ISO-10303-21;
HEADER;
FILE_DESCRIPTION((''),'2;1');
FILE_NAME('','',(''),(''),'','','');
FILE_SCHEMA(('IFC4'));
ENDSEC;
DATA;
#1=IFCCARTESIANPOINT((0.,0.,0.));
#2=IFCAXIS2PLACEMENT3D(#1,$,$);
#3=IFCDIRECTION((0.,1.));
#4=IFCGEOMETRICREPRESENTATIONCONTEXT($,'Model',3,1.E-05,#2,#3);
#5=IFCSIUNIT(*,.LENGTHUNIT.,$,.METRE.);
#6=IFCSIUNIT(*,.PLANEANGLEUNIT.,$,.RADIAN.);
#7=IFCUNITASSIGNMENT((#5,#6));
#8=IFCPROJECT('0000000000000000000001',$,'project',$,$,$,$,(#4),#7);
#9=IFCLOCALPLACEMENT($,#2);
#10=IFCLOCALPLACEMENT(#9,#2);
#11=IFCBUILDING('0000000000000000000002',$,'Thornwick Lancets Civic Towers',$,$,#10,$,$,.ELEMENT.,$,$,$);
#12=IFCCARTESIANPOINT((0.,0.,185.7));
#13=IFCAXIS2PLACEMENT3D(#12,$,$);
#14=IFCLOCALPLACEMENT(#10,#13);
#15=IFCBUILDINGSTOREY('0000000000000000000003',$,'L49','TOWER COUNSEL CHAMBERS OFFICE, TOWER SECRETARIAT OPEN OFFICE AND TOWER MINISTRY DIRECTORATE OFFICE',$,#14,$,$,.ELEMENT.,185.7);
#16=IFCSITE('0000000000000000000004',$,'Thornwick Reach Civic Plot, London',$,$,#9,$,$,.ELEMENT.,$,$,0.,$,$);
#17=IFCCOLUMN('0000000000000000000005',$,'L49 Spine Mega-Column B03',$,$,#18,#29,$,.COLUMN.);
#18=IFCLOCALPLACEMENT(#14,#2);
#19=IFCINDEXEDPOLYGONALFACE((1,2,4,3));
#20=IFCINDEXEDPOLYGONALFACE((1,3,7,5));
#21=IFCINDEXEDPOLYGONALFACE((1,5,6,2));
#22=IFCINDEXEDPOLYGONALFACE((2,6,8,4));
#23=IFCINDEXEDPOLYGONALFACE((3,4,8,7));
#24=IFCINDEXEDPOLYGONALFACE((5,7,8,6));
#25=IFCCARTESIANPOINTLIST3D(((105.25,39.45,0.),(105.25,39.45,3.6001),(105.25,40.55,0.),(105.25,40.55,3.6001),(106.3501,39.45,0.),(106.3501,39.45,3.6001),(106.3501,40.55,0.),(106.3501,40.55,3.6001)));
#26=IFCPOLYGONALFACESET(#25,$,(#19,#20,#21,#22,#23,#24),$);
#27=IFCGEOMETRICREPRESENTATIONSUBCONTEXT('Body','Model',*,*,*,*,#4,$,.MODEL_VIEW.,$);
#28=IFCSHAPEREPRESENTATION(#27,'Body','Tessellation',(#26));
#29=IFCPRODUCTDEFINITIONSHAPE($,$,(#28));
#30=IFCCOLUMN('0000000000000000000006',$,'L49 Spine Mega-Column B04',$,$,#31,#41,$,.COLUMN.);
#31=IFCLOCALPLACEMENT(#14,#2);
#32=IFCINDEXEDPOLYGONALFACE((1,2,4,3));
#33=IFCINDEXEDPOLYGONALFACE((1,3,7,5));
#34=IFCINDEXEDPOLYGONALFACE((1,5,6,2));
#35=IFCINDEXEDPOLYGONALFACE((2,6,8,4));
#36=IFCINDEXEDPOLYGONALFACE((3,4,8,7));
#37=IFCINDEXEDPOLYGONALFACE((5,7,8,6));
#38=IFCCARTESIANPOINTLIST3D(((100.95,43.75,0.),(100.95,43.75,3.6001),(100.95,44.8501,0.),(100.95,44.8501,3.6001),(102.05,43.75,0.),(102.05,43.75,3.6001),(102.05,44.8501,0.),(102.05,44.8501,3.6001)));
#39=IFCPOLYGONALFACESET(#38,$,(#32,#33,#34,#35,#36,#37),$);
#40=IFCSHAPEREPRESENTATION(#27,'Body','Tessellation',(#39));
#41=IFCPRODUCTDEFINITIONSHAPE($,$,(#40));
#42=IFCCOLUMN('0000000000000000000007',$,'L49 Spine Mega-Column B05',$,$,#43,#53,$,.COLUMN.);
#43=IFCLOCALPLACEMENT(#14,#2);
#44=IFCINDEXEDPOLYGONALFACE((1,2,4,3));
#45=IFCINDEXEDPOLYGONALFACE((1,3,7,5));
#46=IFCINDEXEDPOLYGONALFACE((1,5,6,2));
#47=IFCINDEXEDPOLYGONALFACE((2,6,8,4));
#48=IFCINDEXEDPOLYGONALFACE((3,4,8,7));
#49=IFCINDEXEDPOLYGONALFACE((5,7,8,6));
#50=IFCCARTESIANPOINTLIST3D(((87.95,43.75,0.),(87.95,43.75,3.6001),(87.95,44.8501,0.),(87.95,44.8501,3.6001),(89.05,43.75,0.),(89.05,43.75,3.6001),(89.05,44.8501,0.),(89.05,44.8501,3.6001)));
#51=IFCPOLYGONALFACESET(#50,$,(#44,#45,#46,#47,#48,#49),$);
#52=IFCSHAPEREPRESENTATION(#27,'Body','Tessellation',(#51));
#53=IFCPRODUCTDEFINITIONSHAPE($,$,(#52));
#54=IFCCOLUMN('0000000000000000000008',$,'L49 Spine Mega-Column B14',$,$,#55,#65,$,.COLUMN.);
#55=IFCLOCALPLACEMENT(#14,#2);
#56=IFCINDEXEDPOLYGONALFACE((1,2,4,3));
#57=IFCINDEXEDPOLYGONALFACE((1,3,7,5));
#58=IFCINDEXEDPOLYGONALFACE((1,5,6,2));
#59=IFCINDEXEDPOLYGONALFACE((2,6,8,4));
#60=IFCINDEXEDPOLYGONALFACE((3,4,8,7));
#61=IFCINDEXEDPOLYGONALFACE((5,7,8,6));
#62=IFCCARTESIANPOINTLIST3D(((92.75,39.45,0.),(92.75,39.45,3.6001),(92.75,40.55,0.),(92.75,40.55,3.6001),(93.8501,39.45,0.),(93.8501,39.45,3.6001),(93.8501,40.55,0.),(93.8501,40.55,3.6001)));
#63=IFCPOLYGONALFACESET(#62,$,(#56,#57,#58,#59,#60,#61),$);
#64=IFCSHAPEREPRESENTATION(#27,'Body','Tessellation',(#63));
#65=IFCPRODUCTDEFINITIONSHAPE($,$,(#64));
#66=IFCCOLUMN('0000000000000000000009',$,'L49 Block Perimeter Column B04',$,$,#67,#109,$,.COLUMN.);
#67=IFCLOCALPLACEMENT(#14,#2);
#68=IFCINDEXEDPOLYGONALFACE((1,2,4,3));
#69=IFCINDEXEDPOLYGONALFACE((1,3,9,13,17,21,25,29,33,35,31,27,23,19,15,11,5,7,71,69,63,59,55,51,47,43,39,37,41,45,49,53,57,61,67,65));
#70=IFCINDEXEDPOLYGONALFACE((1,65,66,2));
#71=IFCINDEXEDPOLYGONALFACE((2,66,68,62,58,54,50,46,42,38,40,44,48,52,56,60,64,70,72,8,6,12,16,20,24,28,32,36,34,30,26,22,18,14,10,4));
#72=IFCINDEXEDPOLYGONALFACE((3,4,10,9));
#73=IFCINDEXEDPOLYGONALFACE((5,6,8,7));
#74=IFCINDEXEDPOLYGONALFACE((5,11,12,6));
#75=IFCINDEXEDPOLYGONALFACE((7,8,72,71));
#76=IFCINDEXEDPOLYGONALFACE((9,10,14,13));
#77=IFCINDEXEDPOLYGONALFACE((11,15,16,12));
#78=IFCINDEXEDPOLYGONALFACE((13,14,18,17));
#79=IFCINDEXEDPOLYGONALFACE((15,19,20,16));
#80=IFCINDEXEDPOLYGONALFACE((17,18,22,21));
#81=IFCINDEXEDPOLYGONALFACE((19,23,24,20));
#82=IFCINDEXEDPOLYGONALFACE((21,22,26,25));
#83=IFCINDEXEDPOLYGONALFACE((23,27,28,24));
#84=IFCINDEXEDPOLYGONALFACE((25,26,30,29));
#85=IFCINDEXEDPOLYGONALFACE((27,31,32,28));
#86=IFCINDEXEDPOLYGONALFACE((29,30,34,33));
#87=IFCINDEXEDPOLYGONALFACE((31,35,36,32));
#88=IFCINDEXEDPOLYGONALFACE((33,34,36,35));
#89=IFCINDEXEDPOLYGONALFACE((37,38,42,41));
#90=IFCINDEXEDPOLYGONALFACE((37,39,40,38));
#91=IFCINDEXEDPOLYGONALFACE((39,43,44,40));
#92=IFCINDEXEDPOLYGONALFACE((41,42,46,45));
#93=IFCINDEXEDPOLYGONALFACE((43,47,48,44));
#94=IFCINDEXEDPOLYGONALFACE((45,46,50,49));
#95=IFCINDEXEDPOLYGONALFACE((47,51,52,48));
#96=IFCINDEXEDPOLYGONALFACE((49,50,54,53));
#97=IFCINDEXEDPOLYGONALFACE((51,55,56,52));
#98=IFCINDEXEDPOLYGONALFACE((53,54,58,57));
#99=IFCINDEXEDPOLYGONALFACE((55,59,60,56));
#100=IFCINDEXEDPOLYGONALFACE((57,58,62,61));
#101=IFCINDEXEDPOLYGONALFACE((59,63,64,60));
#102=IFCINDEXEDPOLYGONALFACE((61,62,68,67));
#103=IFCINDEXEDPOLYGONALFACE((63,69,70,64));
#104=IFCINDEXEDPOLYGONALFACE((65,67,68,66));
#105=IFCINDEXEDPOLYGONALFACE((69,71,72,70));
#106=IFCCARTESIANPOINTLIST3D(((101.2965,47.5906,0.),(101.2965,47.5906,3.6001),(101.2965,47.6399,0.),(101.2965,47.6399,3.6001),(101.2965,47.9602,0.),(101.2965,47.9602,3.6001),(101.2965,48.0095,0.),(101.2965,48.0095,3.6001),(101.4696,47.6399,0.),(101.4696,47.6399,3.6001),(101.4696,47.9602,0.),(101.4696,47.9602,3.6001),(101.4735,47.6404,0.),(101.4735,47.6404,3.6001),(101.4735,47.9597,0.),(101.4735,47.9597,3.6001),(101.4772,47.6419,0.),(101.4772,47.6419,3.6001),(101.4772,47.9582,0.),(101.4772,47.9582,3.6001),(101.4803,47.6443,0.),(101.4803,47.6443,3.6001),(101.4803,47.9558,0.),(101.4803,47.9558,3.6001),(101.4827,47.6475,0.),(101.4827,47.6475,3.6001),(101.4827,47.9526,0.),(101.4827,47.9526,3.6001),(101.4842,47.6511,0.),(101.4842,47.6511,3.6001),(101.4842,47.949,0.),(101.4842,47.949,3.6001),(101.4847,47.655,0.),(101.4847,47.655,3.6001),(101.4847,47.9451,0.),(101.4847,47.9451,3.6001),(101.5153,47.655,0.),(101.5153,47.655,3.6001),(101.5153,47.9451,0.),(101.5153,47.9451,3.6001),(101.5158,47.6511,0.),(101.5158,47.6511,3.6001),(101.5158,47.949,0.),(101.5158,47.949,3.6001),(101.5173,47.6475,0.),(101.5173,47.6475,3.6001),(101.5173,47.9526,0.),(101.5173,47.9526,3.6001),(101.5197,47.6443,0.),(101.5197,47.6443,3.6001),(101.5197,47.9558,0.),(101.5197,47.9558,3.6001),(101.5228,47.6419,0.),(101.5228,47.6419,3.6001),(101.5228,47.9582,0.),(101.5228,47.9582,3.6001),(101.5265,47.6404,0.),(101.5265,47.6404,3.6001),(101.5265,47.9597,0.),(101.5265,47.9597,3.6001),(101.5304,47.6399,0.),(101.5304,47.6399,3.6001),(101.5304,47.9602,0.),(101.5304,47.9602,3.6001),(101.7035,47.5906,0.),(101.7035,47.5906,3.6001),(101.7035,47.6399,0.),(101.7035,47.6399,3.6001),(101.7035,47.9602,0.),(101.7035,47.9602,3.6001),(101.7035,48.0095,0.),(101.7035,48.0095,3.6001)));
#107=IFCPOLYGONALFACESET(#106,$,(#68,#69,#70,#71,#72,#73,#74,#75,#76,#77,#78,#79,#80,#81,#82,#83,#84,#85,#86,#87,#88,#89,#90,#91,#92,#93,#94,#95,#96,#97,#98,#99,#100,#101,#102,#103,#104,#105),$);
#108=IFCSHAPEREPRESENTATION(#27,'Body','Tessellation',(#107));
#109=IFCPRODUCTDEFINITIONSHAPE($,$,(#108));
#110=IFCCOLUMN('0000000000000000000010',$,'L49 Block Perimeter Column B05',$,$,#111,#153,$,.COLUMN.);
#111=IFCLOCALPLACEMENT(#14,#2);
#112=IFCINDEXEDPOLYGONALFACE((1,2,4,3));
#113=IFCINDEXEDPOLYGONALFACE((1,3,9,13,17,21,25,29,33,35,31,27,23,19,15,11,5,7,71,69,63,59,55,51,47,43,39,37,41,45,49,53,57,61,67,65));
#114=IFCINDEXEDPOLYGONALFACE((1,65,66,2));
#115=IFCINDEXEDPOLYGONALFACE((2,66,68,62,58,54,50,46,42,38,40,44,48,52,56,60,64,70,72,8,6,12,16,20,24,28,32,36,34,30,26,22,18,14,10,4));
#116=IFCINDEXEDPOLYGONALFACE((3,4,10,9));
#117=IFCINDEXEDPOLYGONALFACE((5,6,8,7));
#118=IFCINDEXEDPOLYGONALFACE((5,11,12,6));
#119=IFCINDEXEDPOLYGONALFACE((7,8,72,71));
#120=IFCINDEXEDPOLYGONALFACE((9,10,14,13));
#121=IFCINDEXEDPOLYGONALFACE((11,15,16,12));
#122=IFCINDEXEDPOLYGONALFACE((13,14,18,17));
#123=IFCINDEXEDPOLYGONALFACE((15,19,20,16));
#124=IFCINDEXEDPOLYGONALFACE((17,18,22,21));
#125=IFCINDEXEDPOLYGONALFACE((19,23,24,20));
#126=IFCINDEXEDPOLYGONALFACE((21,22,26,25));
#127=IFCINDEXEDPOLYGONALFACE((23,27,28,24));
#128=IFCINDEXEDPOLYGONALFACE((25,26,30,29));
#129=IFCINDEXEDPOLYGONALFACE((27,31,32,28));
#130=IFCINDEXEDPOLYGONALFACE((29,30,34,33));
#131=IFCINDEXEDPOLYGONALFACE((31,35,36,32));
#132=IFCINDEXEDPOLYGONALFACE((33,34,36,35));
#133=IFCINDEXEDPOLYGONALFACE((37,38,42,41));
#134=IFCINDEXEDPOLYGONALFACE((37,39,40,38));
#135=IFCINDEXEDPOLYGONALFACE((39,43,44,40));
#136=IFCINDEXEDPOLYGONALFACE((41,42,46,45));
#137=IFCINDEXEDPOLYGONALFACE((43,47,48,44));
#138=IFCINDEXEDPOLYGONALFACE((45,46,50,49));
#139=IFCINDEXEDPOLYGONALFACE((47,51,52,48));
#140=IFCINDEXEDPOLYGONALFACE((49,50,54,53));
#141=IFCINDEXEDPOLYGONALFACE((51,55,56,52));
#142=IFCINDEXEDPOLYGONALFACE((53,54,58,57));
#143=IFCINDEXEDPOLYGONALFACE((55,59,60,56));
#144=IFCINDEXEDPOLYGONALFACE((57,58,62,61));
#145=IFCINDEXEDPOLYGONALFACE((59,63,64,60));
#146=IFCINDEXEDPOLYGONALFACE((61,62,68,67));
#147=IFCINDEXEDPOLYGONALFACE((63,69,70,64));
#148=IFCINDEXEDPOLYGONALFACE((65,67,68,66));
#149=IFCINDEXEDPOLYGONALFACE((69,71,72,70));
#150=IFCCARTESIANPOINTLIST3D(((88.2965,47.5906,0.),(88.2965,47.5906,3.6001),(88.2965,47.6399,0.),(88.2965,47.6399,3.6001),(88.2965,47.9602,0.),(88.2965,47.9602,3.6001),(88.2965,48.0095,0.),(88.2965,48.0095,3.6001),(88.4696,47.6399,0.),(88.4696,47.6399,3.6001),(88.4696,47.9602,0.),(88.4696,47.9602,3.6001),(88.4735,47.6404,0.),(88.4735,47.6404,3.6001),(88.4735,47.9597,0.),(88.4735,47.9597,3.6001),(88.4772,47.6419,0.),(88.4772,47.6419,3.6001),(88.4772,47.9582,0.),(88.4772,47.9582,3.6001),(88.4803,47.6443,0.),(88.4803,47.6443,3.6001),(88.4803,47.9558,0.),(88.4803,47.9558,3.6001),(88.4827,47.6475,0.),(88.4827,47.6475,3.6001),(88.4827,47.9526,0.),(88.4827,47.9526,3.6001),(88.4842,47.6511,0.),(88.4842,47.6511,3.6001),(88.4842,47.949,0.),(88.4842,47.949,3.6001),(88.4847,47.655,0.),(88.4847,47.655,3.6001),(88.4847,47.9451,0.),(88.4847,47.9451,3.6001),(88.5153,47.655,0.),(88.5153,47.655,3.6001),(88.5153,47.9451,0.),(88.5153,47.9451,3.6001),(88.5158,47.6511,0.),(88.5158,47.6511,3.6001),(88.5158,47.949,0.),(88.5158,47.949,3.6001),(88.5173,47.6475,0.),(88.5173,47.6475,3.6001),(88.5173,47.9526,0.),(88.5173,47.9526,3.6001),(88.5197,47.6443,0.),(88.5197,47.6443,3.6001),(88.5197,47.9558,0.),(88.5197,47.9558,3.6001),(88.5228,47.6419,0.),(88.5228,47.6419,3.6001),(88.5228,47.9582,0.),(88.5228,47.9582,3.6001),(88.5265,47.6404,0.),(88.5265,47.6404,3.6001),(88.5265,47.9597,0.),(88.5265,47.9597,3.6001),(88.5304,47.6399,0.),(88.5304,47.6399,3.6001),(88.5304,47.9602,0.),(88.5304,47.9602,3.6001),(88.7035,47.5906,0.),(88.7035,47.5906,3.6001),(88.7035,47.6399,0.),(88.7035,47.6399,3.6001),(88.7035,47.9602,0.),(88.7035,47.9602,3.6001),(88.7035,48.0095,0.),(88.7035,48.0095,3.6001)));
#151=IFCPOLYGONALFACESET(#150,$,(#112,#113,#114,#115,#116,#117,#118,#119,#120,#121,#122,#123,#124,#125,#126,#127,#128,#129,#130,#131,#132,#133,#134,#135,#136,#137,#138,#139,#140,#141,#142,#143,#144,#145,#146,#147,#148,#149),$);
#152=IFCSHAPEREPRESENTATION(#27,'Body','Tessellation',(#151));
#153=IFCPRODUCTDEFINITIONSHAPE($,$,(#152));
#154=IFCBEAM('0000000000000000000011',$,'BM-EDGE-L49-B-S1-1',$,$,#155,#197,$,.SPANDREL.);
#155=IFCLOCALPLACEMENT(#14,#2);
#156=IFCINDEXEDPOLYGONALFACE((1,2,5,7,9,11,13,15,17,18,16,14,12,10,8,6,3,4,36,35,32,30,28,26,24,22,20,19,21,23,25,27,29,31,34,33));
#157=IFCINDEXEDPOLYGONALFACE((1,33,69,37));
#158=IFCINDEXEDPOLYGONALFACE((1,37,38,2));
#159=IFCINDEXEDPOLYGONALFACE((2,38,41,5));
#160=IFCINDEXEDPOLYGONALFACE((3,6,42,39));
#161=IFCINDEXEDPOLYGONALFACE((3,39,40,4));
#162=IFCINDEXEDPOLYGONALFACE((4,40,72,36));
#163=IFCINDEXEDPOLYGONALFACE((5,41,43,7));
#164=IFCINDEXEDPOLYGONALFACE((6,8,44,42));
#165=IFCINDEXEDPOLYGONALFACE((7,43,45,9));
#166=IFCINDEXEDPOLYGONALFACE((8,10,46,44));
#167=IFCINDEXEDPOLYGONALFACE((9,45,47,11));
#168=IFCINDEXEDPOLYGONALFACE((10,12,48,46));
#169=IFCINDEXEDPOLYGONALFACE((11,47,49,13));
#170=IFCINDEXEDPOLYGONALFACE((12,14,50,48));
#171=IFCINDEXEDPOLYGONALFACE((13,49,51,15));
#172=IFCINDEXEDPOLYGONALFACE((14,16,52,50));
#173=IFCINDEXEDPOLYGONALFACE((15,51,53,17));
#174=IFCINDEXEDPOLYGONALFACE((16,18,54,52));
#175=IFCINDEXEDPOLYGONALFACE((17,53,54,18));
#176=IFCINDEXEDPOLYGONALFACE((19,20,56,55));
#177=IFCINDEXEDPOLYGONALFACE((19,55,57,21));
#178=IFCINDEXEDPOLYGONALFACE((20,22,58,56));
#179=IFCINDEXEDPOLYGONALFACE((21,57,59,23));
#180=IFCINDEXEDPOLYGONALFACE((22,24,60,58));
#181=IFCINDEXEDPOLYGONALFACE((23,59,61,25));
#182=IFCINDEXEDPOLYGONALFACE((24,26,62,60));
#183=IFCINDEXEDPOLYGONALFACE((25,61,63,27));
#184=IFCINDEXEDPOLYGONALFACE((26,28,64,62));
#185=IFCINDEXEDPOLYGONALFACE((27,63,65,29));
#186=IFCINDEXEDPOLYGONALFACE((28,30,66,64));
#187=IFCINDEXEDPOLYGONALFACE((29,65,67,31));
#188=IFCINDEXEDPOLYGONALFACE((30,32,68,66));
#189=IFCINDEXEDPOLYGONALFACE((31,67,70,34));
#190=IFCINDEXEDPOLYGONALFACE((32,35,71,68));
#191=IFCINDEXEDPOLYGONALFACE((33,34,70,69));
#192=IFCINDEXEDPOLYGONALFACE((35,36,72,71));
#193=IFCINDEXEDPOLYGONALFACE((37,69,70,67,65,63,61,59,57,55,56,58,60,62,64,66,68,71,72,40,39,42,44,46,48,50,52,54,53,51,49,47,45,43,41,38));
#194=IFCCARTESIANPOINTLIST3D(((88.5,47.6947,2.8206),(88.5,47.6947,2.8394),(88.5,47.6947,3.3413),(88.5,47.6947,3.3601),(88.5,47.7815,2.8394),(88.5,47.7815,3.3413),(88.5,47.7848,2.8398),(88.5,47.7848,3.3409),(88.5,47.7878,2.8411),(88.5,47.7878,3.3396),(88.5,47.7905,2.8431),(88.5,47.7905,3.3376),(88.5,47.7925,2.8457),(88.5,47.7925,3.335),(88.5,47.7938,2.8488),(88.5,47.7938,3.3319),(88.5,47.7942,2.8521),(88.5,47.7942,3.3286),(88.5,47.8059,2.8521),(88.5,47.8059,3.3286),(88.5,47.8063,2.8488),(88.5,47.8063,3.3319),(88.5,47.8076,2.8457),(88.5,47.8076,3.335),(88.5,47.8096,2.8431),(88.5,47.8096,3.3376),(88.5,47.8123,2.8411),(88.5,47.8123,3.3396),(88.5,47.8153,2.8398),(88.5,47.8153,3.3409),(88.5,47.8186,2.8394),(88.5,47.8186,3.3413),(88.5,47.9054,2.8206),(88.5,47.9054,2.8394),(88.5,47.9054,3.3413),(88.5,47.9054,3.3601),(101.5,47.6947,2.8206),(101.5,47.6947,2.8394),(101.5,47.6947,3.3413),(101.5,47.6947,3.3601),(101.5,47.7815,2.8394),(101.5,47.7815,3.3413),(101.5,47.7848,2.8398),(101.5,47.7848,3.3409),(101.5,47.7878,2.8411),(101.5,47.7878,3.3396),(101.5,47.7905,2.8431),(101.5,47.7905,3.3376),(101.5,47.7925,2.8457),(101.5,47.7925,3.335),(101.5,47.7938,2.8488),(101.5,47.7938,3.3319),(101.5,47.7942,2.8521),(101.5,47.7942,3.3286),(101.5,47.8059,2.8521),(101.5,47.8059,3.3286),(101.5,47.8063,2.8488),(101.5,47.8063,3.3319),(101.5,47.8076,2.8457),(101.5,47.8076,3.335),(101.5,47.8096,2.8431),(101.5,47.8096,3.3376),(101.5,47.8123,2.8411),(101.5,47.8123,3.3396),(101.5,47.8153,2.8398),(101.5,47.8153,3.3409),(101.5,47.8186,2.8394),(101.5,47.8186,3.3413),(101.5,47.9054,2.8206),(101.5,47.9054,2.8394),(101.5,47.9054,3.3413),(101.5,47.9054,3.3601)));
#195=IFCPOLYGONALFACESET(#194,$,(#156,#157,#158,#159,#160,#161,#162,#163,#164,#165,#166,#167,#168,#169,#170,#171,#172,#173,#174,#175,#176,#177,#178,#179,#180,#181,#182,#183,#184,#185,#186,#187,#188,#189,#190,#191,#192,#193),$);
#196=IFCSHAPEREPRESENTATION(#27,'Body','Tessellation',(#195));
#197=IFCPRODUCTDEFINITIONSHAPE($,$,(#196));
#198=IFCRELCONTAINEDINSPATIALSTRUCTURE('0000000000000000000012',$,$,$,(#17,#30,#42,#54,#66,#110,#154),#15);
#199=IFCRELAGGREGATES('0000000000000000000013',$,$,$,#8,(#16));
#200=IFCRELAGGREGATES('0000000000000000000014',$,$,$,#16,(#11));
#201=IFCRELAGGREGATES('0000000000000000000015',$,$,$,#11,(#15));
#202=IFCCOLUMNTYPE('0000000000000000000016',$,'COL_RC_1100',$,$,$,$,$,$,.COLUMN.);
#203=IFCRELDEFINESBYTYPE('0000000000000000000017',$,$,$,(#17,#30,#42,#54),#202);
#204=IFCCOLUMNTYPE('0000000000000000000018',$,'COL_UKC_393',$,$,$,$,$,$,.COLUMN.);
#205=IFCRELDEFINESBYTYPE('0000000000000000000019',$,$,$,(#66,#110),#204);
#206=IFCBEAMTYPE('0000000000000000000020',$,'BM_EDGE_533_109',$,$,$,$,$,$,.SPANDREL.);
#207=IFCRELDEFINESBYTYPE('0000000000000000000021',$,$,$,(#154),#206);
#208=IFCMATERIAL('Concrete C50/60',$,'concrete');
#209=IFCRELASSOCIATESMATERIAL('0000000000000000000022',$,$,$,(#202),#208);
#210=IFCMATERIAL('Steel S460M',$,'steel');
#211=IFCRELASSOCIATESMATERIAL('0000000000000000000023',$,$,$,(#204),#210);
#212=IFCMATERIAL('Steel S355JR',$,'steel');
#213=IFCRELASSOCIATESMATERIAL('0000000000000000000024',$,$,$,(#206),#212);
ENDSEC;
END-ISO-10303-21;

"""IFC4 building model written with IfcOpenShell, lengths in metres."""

from ifc_helpers import new_model, si_unit, direction, frame, origin, origin_2d, place, context, subcontext, project, spatial, rectangle, i_section, extrude, material, material_profile, profile_set, type_object, element, save


model = new_model("IFC4")

# Units and contexts
model_context = context("Model", 3, precision=1e-05, world=origin(), true_north=direction((0.0, 1.0)))
body_context = subcontext(model_context, "Body", "Model", "MODEL_VIEW")
ifc_project = project(units=[si_unit("LENGTHUNIT", "METRE"), si_unit("PLANEANGLEUNIT", "RADIAN")], contexts=[model_context])

# Site, building, storey
site_placement = place(None, origin())
site = spatial("IfcSite", under=ifc_project, at=site_placement, Name="Thornwick Reach Civic Plot, London", CompositionType="ELEMENT", RefElevation=0.0)
building_placement = place(site_placement, origin())
building = spatial("IfcBuilding", under=site, at=building_placement, Name="Thornwick Lancets Civic Towers", CompositionType="ELEMENT")
storey_placement = place(building_placement, frame((0.0, 0.0, 185.7)))
storey = spatial("IfcBuildingStorey", under=building, at=storey_placement, Name="L49", Description="TOWER COUNSEL CHAMBERS OFFICE, TOWER SECRETARIAT OPEN OFFICE AND TOWER MINISTRY DIRECTORATE OFFICE", CompositionType="ELEMENT", Elevation=185.7)

# Columns
ifc_material_1 = material(Name="Concrete C50/60", Category="concrete")
ifc_material_profile_1 = material_profile(ifc_material_1, rectangle(XDim=1.1001, YDim=1.1001, at=origin_2d()), Name="RC 1100x1100")
ifc_profile_set_1 = profile_set([ifc_material_profile_1], Name="Concrete C50/60")
column_type_1 = type_object("IfcColumnType", Name="COL_RC_1100", PredefinedType="COLUMN", material=ifc_profile_set_1)
for number, where, z_axis, x_axis, name in (
    (1, (105.8, 40.0, 0.0), (0.0, 0.0, 1.0), (1.0, 0.0, 0.0), "L49 Spine Mega-Column B03"),
    (2, (101.5, 44.3, 0.0), (0.0, 0.0, 1.0), (1.0, 0.0, 0.0), "L49 Spine Mega-Column B04"),
    (3, (88.5, 44.3, 0.0), (0.0, 0.0, 1.0), (1.0, 0.0, 0.0), "L49 Spine Mega-Column B05"),
    (4, (93.3, 40.0, 0.0), (0.0, 0.0, 1.0), (1.0, 0.0, 0.0), "L49 Spine Mega-Column B14"),
):
    element("IfcColumn", number, at=place(storey_placement, frame(where, z_axis=z_axis, x_axis=x_axis)), inside=storey, type_object=column_type_1, Name=name, PredefinedType="COLUMN", context=body_context, shape_type="SweptSolid", body=[
        extrude(rectangle(XDim=1.1001, YDim=1.1001, at=origin_2d()), origin(), (0.0, 0.0, 1.0), 3.6001),
    ])
ifc_material_2 = material(Name="Steel S460M", Category="steel")
ifc_material_profile_2 = material_profile(ifc_material_2, i_section(OverallWidth=0.407, OverallDepth=0.4189, WebThickness=0.0305, FlangeThickness=0.0493, FilletRadius=0.0151, at=origin_2d()), Name="UKC 356x406x393")
ifc_profile_set_2 = profile_set([ifc_material_profile_2], Name="Steel S460M")
column_type_2 = type_object("IfcColumnType", Name="COL_UKC_393", PredefinedType="COLUMN", material=ifc_profile_set_2)
for number, where, z_axis, x_axis, name in (
    (5, (101.5, 47.8, 0.0), (0.0, 0.0, 1.0), (1.0, 0.0, 0.0), "L49 Block Perimeter Column B04"),
    (6, (88.5, 47.8, 0.0), (0.0, 0.0, 1.0), (1.0, 0.0, 0.0), "L49 Block Perimeter Column B05"),
):
    element("IfcColumn", number, at=place(storey_placement, frame(where, z_axis=z_axis, x_axis=x_axis)), inside=storey, type_object=column_type_2, Name=name, PredefinedType="COLUMN", context=body_context, shape_type="SweptSolid", body=[
        extrude(i_section(OverallWidth=0.407, OverallDepth=0.4189, WebThickness=0.0305, FlangeThickness=0.0493, FilletRadius=0.0151, at=origin_2d()), origin(), (0.0, 0.0, 1.0), 3.6001),
    ])

# Beam
ifc_material_3 = material(Name="Steel S355JR", Category="steel")
ifc_material_profile_3 = material_profile(ifc_material_3, i_section(OverallWidth=0.2107, OverallDepth=0.5396, WebThickness=0.0117, FlangeThickness=0.0188, FilletRadius=0.0127, at=origin_2d()), Name="UKB 533x210x109")
ifc_profile_set_3 = profile_set([ifc_material_profile_3], Name="Steel S355JR")
beam_type_1 = type_object("IfcBeamType", Name="BM_EDGE_533_109", PredefinedType="SPANDREL", material=ifc_profile_set_3)
beam_1_placement = place(storey_placement, frame((101.5, 47.8, 3.0903), z_axis=(-1.0, 0.0, 0.0), x_axis=(0.0, -1.0, 0.0)))
element("IfcBeam", 7, at=beam_1_placement, inside=storey, type_object=beam_type_1, Name="BM-EDGE-L49-B-S1-1", PredefinedType="SPANDREL", context=body_context, shape_type="SweptSolid", body=[
    extrude(i_section(OverallWidth=0.2107, OverallDepth=0.5396, WebThickness=0.0117, FlangeThickness=0.0188, FilletRadius=0.0127, at=origin_2d()), origin(), (0.0, 0.0, 1.0), 13.0),
])

save(model, "model.ifc")
